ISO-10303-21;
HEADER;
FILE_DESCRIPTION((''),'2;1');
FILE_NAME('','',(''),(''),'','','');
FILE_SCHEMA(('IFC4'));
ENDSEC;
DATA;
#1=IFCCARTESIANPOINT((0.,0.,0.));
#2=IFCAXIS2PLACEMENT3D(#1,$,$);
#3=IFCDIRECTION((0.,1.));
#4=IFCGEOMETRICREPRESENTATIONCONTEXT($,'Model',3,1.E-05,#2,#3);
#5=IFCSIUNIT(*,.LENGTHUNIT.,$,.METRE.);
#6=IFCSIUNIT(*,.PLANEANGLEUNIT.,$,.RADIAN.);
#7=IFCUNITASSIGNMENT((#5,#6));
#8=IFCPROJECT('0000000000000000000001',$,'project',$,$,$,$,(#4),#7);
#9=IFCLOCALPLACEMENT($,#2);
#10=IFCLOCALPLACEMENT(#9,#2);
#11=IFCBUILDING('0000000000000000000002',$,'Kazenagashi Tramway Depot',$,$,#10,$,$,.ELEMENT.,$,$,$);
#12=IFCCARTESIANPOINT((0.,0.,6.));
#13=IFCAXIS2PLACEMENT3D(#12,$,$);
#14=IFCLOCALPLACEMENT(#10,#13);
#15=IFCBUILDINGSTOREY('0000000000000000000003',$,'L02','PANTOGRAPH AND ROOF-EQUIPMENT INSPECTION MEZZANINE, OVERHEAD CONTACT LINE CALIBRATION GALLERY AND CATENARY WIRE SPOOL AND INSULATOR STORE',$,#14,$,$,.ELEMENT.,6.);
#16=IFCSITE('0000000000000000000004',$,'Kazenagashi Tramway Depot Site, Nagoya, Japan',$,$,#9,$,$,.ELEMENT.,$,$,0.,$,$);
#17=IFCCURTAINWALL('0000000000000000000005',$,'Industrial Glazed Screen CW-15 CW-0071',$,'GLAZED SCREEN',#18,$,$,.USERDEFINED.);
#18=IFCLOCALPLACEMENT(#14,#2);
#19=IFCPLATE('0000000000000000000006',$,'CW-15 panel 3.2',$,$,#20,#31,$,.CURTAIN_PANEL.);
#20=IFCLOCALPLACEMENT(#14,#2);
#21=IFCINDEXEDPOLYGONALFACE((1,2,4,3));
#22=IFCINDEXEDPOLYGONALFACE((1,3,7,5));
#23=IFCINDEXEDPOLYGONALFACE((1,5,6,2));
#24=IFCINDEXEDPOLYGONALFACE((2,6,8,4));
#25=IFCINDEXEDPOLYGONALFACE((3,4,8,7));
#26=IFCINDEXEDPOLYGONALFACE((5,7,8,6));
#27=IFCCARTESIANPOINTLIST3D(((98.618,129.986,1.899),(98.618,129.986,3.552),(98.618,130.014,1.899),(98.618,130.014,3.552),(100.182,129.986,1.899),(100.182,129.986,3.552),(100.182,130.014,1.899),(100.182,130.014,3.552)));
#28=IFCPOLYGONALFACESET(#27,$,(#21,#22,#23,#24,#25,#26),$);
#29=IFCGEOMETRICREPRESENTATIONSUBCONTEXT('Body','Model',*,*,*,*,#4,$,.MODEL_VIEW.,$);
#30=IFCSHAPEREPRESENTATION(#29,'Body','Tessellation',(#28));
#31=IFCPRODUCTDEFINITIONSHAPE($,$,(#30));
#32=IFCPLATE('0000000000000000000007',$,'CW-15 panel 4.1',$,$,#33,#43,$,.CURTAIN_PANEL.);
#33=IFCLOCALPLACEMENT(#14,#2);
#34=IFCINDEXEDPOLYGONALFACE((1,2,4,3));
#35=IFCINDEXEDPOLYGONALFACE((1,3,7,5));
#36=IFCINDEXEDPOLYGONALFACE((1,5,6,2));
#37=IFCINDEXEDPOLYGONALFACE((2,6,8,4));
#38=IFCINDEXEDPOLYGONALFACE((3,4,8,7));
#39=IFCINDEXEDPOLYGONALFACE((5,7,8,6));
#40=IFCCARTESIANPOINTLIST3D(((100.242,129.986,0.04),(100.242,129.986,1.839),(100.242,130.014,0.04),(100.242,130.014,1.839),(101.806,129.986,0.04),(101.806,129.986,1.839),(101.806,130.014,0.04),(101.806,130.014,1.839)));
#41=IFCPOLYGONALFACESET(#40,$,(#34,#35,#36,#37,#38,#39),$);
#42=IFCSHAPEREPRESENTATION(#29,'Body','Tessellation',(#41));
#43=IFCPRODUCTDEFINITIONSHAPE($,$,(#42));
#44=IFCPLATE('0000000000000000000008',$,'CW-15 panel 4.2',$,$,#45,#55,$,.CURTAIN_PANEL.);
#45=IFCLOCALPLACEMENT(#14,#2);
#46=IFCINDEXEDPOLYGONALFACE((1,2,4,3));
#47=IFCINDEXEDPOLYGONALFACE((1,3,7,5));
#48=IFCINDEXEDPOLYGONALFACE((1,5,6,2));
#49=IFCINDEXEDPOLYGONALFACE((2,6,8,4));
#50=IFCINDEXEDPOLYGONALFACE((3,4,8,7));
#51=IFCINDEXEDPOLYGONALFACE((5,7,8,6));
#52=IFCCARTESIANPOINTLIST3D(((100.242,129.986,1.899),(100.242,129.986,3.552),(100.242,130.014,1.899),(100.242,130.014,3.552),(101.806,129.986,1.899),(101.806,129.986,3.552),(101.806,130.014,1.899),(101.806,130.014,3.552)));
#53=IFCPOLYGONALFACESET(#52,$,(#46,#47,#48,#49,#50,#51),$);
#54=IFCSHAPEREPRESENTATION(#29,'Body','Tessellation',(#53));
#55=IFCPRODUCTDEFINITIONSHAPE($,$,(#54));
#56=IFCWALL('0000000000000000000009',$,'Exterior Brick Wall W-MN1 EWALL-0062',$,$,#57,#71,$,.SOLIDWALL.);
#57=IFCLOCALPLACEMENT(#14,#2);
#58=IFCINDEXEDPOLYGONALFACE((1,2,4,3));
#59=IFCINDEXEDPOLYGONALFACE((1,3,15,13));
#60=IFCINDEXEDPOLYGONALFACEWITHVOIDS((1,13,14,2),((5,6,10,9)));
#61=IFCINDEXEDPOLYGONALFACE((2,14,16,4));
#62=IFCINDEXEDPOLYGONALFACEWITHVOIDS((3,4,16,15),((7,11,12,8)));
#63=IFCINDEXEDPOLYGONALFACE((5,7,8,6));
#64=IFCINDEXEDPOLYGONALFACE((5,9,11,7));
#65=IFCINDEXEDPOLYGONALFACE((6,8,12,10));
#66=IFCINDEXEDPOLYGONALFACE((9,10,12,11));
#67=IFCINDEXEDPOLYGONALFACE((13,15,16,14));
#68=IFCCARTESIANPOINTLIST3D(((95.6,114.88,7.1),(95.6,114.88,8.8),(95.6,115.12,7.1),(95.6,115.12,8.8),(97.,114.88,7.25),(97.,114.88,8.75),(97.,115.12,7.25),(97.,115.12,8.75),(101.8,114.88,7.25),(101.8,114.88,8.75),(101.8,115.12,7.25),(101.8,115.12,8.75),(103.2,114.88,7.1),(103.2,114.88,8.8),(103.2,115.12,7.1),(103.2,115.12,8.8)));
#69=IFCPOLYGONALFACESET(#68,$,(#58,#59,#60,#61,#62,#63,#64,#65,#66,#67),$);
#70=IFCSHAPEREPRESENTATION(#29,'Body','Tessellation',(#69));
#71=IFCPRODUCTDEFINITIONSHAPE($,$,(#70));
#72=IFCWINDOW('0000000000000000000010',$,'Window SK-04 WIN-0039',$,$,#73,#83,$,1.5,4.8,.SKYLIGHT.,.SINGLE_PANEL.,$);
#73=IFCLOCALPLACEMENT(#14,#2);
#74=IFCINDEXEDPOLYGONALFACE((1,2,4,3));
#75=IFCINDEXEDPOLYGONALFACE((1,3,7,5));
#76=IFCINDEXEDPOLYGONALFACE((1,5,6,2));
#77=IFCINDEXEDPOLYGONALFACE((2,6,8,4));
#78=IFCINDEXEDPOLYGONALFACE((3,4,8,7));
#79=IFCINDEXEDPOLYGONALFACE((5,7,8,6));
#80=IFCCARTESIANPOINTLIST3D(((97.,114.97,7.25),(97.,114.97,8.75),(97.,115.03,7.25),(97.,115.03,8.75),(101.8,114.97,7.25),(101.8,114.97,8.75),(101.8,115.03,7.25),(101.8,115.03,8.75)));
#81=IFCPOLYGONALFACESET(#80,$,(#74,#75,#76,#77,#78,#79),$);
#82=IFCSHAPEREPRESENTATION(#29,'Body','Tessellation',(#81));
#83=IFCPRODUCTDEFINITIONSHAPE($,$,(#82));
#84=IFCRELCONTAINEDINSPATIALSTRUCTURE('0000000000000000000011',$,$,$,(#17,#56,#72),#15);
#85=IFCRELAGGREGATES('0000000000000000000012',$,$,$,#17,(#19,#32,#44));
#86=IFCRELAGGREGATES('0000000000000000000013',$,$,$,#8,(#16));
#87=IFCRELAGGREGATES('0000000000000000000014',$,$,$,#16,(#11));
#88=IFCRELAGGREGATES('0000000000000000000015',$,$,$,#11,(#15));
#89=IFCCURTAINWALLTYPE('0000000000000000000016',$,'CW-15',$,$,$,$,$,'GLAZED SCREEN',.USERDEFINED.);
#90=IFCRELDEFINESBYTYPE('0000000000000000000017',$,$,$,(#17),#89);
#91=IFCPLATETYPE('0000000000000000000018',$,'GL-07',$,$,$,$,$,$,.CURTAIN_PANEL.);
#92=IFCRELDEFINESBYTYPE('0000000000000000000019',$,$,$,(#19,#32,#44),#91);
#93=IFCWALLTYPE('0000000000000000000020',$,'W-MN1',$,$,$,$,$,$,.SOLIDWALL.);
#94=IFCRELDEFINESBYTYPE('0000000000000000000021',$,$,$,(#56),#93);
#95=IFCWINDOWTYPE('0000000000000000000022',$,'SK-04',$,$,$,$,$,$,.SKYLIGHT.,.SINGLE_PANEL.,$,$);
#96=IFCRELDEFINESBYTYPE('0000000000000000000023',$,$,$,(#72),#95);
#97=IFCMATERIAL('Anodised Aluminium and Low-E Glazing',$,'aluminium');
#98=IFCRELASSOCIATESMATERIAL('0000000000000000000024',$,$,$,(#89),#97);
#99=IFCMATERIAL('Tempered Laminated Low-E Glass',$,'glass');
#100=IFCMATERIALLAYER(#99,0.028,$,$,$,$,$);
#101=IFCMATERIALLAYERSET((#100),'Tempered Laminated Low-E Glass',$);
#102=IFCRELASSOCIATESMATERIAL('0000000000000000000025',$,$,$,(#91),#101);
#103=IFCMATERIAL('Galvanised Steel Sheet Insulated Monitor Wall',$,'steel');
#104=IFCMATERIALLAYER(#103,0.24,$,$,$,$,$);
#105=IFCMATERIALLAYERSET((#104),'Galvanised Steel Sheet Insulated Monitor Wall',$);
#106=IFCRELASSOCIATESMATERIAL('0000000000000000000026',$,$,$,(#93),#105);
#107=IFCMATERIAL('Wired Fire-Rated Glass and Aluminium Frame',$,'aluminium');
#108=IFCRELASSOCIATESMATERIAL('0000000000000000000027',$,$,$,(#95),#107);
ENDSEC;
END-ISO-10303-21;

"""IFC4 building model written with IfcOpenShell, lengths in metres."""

from ifc_helpers import new_model, si_unit, direction, frame, frame_2d, origin, origin_2d, place, context, subcontext, project, spatial, rectangle, extrude, material, layer, layer_set, type_object, element, fill, aggregate, save


model = new_model("IFC4")

# Units and contexts
model_context = context("Model", 3, precision=1e-05, world=origin(), true_north=direction((0.0, 1.0)))
body_context = subcontext(model_context, "Body", "Model", "MODEL_VIEW")
ifc_project = project(units=[si_unit("LENGTHUNIT", "METRE"), si_unit("PLANEANGLEUNIT", "RADIAN")], contexts=[model_context])

# Site, building, storey
site_placement = place(None, origin())
site = spatial("IfcSite", under=ifc_project, at=site_placement, Name="Kazenagashi Tramway Depot Site, Nagoya, Japan", CompositionType="ELEMENT", RefElevation=0.0)
building_placement = place(site_placement, origin())
building = spatial("IfcBuilding", under=site, at=building_placement, Name="Kazenagashi Tramway Depot", CompositionType="ELEMENT")
storey_placement = place(building_placement, frame((0.0, 0.0, 6.0)))
storey = spatial("IfcBuildingStorey", under=building, at=storey_placement, Name="L02", Description="PANTOGRAPH AND ROOF-EQUIPMENT INSPECTION MEZZANINE, OVERHEAD CONTACT LINE CALIBRATION GALLERY AND CATENARY WIRE SPOOL AND INSULATOR STORE", CompositionType="ELEMENT", Elevation=6.0)

# Curtain wall
ifc_material_1 = material(Name="Anodised Aluminium and Low-E Glazing", Category="aluminium")
curtain_wall_type = type_object("IfcCurtainWallType", Name="CW-15", ElementType="GLAZED SCREEN", PredefinedType="USERDEFINED", material=ifc_material_1)
curtain_wall_placement = place(storey_placement, origin())
curtain_wall = element("IfcCurtainWall", 1, at=curtain_wall_placement, inside=storey, type_object=curtain_wall_type, Name="Industrial Glazed Screen CW-15 CW-0071", ObjectType="GLAZED SCREEN", PredefinedType="USERDEFINED")

# Plates
ifc_material_2 = material(Name="Tempered Laminated Low-E Glass", Category="glass")
ifc_layer_1 = layer(ifc_material_2, 0.028)
ifc_layer_set_1 = layer_set([ifc_layer_1], Name="Tempered Laminated Low-E Glass")
plate_type = type_object("IfcPlateType", Name="GL-07", PredefinedType="CURTAIN_PANEL", material=ifc_layer_set_1)
plate_1_placement = place(storey_placement, frame((99.4, 130.0, 1.899), z_axis=(0.0, 0.0, 1.0), x_axis=(1.0, 0.0, 0.0)))
plate_1 = element("IfcPlate", 2, at=plate_1_placement, type_object=plate_type, Name="CW-15 panel 3.2", PredefinedType="CURTAIN_PANEL", context=body_context, shape_type="SweptSolid", body=[
    extrude(rectangle(XDim=1.564, YDim=0.028, at=origin_2d()), origin(), (0.0, 0.0, 1.0), 1.653),
])
plate_2_placement = place(storey_placement, frame((101.024, 130.0, 0.04), z_axis=(0.0, 0.0, 1.0), x_axis=(1.0, 0.0, 0.0)))
plate_2 = element("IfcPlate", 3, at=plate_2_placement, type_object=plate_type, Name="CW-15 panel 4.1", PredefinedType="CURTAIN_PANEL", context=body_context, shape_type="SweptSolid", body=[
    extrude(rectangle(XDim=1.564, YDim=0.028, at=origin_2d()), origin(), (0.0, 0.0, 1.0), 1.799),
])
plate_3_placement = place(storey_placement, frame((101.024, 130.0, 1.899), z_axis=(0.0, 0.0, 1.0), x_axis=(1.0, 0.0, 0.0)))
plate_3 = element("IfcPlate", 4, at=plate_3_placement, type_object=plate_type, Name="CW-15 panel 4.2", PredefinedType="CURTAIN_PANEL", context=body_context, shape_type="SweptSolid", body=[
    extrude(rectangle(XDim=1.564, YDim=0.028, at=origin_2d()), origin(), (0.0, 0.0, 1.0), 1.653),
])
aggregate(curtain_wall, [plate_1, plate_2, plate_3])

# Wall, opening, window
ifc_material_3 = material(Name="Galvanised Steel Sheet Insulated Monitor Wall", Category="steel")
ifc_layer_2 = layer(ifc_material_3, 0.24)
ifc_layer_set_2 = layer_set([ifc_layer_2], Name="Galvanised Steel Sheet Insulated Monitor Wall")
wall_type = type_object("IfcWallType", Name="W-MN1", PredefinedType="SOLIDWALL", material=ifc_layer_set_2)
wall_placement = place(storey_placement, frame((95.6, 115.0, 7.1), z_axis=(0.0, 0.0, 1.0), x_axis=(1.0, 0.0, 0.0)))
wall = element("IfcWall", 5, at=wall_placement, inside=storey, type_object=wall_type, Name="Exterior Brick Wall W-MN1 EWALL-0062", PredefinedType="SOLIDWALL", context=body_context, shape_type="SweptSolid", body=[
    extrude(rectangle(XDim=7.6, YDim=0.24, at=frame_2d((3.8, 0.0))), origin(), (0.0, 0.0, 1.0), 1.7),
])
opening_placement = place(wall_placement, frame((1.4, 0.0, 0.15)))
opening = element("IfcOpeningElement", 6, at=opening_placement, cuts=wall, PredefinedType="OPENING", context=body_context, shape_type="SweptSolid", body=[
    extrude(rectangle(XDim=4.8, YDim=1.5, at=frame_2d((2.4, 0.75))), frame((0.0, 0.13, 0.0), z_axis=(0.0, -1.0, 0.0), x_axis=(1.0, 0.0, 0.0)), (0.0, 0.0, 1.0), 0.26),
])
ifc_material_4 = material(Name="Wired Fire-Rated Glass and Aluminium Frame", Category="aluminium")
window_type = type_object("IfcWindowType", Name="SK-04", PartitioningType="SINGLE_PANEL", PredefinedType="SKYLIGHT", material=ifc_material_4)
window_placement = place(opening_placement, origin())
window = element("IfcWindow", 7, at=window_placement, inside=storey, type_object=window_type, Name="Window SK-04 WIN-0039", OverallHeight=1.5, OverallWidth=4.8, PartitioningType="SINGLE_PANEL", PredefinedType="SKYLIGHT", context=body_context, shape_type="SweptSolid", body=[
    extrude(rectangle(XDim=4.8, YDim=1.5, at=frame_2d((2.4, 0.75))), frame((0.0, 0.03, 0.0), z_axis=(0.0, -1.0, 0.0), x_axis=(1.0, 0.0, 0.0)), (0.0, 0.0, 1.0), 0.06),
])
fill(opening, window)

save(model, "model.ifc")
